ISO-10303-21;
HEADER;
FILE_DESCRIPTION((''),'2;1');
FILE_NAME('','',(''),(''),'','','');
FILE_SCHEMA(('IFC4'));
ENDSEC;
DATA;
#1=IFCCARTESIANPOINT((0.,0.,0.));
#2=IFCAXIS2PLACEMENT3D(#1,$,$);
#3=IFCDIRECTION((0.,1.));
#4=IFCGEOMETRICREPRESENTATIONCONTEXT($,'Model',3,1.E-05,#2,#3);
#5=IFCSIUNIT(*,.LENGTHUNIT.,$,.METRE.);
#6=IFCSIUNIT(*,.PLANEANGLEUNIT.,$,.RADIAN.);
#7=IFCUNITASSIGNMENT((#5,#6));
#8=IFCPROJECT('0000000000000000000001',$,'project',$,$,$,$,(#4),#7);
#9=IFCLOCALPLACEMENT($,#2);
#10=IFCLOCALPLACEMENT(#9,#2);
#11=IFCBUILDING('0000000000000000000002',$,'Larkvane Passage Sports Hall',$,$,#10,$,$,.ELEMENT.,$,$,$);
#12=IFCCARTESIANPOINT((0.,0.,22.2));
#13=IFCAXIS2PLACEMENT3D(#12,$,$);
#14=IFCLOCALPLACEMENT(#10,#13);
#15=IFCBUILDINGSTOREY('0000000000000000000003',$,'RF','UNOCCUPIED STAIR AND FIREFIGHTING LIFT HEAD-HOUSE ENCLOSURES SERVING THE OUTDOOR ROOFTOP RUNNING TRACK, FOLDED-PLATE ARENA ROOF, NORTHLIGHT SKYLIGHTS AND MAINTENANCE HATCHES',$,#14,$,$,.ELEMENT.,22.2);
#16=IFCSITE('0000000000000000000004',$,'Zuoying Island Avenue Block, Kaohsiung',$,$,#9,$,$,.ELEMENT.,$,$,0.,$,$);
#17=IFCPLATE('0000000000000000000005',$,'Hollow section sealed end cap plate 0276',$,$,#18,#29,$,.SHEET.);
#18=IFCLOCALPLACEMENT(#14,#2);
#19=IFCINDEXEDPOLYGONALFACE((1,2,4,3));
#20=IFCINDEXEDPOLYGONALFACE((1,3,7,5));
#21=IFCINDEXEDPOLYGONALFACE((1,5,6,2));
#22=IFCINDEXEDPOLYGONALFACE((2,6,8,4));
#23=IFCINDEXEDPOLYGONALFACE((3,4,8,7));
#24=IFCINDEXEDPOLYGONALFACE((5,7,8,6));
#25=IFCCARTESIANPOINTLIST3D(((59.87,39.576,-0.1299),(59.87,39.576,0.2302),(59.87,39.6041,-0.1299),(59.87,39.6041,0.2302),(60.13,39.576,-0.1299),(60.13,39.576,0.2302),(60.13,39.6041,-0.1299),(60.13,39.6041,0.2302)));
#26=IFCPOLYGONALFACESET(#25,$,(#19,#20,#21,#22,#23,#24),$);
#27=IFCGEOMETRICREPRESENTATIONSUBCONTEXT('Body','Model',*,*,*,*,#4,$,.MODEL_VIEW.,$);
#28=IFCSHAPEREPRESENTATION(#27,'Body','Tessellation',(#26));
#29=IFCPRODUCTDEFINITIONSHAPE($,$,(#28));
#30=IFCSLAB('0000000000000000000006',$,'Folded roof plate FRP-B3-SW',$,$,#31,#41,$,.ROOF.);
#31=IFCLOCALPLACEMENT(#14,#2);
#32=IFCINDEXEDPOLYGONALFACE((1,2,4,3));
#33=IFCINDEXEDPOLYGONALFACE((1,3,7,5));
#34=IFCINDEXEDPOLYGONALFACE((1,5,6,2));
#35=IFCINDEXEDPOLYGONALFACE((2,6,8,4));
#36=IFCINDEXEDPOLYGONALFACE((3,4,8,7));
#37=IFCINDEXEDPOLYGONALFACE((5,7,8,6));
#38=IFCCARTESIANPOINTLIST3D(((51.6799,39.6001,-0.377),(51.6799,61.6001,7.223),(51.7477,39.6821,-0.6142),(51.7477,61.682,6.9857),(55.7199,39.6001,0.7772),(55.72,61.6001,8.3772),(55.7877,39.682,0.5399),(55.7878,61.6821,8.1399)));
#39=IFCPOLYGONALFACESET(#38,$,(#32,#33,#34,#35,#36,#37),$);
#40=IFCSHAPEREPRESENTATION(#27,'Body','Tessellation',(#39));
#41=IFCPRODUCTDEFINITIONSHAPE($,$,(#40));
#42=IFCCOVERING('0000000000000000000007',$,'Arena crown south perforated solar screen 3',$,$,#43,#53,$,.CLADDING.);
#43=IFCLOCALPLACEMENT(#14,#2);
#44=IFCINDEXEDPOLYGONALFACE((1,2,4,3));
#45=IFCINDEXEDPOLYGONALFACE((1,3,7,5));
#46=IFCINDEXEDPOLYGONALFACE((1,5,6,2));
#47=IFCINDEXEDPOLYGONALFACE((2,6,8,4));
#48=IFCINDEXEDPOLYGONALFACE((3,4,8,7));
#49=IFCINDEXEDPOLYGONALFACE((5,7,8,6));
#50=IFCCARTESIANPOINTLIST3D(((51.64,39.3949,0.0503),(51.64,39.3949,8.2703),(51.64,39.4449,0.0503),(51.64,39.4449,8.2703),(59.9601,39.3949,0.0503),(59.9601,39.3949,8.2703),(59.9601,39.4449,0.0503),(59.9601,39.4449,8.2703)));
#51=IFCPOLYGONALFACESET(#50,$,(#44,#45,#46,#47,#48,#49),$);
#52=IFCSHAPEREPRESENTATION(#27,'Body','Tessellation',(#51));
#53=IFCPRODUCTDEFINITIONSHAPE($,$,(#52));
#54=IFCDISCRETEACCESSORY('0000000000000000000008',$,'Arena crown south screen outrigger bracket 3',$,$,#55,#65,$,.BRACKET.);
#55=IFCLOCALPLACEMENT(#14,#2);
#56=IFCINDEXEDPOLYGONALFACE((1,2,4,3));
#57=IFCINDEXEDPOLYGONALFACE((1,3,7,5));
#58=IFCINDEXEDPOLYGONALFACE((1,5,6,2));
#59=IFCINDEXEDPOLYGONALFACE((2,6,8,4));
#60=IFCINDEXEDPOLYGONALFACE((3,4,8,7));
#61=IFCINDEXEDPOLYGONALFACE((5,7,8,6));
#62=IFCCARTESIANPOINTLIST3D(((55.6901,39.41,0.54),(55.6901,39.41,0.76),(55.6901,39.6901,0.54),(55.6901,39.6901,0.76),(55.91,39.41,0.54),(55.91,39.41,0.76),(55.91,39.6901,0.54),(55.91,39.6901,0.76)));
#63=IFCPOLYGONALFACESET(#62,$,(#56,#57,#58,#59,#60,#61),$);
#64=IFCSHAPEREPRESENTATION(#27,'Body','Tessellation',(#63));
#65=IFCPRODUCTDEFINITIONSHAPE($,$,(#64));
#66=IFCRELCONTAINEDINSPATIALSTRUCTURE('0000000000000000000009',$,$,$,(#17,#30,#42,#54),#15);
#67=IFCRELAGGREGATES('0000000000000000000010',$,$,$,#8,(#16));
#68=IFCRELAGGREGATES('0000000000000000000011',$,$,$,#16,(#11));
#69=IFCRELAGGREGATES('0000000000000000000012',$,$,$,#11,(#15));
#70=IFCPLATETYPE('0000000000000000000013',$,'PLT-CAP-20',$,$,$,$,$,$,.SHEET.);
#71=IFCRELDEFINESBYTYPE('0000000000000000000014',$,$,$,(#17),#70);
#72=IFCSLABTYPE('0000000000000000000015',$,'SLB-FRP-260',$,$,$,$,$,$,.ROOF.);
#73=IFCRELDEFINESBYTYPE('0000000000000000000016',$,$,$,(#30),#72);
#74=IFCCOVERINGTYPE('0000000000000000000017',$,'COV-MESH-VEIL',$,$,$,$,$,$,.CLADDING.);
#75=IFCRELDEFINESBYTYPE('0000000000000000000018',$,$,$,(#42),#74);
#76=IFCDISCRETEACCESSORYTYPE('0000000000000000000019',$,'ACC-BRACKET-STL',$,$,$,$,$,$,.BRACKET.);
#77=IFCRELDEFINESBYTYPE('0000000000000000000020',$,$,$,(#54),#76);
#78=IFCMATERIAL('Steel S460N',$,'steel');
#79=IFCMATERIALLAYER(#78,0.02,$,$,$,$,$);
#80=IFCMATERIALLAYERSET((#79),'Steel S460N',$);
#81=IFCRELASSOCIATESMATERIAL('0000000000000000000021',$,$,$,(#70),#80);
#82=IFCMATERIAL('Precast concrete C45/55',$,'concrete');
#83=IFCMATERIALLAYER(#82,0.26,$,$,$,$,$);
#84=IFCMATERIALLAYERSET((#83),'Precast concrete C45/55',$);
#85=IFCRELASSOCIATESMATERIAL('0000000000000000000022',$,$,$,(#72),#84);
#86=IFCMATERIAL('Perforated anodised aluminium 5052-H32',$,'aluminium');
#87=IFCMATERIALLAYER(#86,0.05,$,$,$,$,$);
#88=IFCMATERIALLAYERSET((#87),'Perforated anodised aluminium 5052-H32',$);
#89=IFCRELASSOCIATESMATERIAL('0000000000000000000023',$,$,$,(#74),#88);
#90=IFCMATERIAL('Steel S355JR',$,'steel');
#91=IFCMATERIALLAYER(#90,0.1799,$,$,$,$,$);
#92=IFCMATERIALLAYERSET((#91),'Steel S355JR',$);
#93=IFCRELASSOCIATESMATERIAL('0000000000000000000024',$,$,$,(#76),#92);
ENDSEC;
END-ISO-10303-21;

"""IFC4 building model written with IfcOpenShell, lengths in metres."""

from ifc_helpers import new_model, si_unit, direction, frame, origin, origin_2d, place, context, subcontext, project, spatial, polyline, rectangle, outline, extrude, material, layer, layer_set, type_object, element, save


model = new_model("IFC4")

# Units and contexts
model_context = context("Model", 3, precision=1e-05, world=origin(), true_north=direction((0.0, 1.0)))
body_context = subcontext(model_context, "Body", "Model", "MODEL_VIEW")
ifc_project = project(units=[si_unit("LENGTHUNIT", "METRE"), si_unit("PLANEANGLEUNIT", "RADIAN")], contexts=[model_context])

# Site, building, storey
site_placement = place(None, origin())
site = spatial("IfcSite", under=ifc_project, at=site_placement, Name="Zuoying Island Avenue Block, Kaohsiung", CompositionType="ELEMENT", RefElevation=0.0)
building_placement = place(site_placement, origin())
building = spatial("IfcBuilding", under=site, at=building_placement, Name="Larkvane Passage Sports Hall", CompositionType="ELEMENT")
storey_placement = place(building_placement, frame((0.0, 0.0, 22.2)))
storey = spatial("IfcBuildingStorey", under=building, at=storey_placement, Name="RF", Description="UNOCCUPIED STAIR AND FIREFIGHTING LIFT HEAD-HOUSE ENCLOSURES SERVING THE OUTDOOR ROOFTOP RUNNING TRACK, FOLDED-PLATE ARENA ROOF, NORTHLIGHT SKYLIGHTS AND MAINTENANCE HATCHES", CompositionType="ELEMENT", Elevation=22.2)

# Shared definitions
ifc_material_1 = material(Name="Steel S355JR", Category="steel")
ifc_material_2 = material(Name="Steel S460N", Category="steel")

# Plate
ifc_layer_1 = layer(ifc_material_2, 0.02)
ifc_layer_set_1 = layer_set([ifc_layer_1], Name="Steel S460N")
plate_type_1 = type_object("IfcPlateType", Name="PLT-CAP-20", PredefinedType="SHEET", material=ifc_layer_set_1)
plate_1_placement = place(storey_placement, frame((60.0, 39.5901, -0.1299), z_axis=(0.0, 0.0, 1.0), x_axis=(-1.0, 0.0, 0.0)))
element("IfcPlate", 1, at=plate_1_placement, inside=storey, type_object=plate_type_1, Name="Hollow section sealed end cap plate 0276", PredefinedType="SHEET", context=body_context, shape_type="SweptSolid", body=[
    extrude(rectangle(XDim=0.26, YDim=0.0281, at=origin_2d()), origin(), (0.0, 0.0, 1.0), 0.3601),
])

# Slab
ifc_material_3 = material(Name="Precast concrete C45/55", Category="concrete")
ifc_layer_2 = layer(ifc_material_3, 0.26)
ifc_layer_set_2 = layer_set([ifc_layer_2], Name="Precast concrete C45/55")
slab_type = type_object("IfcSlabType", Name="SLB-FRP-260", PredefinedType="ROOF", material=ifc_layer_set_2)
slab_placement = place(storey_placement, frame((51.6799, 39.6001, -0.377), z_axis=(-0.260689, -0.315229, 0.912508), x_axis=(0.961532, -0.000008, 0.274692)))
element("IfcSlab", 2, at=slab_placement, inside=storey, type_object=slab_type, Name="Folded roof plate FRP-B3-SW", PredefinedType="ROOF", context=body_context, shape_type="SweptSolid", body=[
    extrude(outline(polyline([(0.0, 0.0), (4.2016, 0.0), (6.2891, 23.182), (2.0874, 23.1819), (0.0, 0.0)])), origin(), (0.0, 0.0, -1.0), 0.26),
])

# Covering
ifc_material_4 = material(Name="Perforated anodised aluminium 5052-H32", Category="aluminium")
ifc_layer_3 = layer(ifc_material_4, 0.05)
ifc_layer_set_3 = layer_set([ifc_layer_3], Name="Perforated anodised aluminium 5052-H32")
covering_type = type_object("IfcCoveringType", Name="COV-MESH-VEIL", PredefinedType="CLADDING", material=ifc_layer_set_3)
covering_placement = place(storey_placement, frame((55.8, 39.4199, 0.0503), z_axis=(0.0, 0.0, 1.0), x_axis=(1.0, 0.0, 0.0)))
element("IfcCovering", 3, at=covering_placement, inside=storey, type_object=covering_type, Name="Arena crown south perforated solar screen 3", PredefinedType="CLADDING", context=body_context, shape_type="SweptSolid", body=[
    extrude(rectangle(XDim=8.3201, YDim=0.05, at=origin_2d()), origin(), (0.0, 0.0, 1.0), 8.22),
])

# Discrete accessory
ifc_layer_4 = layer(ifc_material_1, 0.1799)
ifc_layer_set_4 = layer_set([ifc_layer_4], Name="Steel S355JR")
discrete_accessory_type = type_object("IfcDiscreteAccessoryType", Name="ACC-BRACKET-STL", PredefinedType="BRACKET", material=ifc_layer_set_4)
discrete_accessory_placement = place(storey_placement, frame((55.8, 39.55, 0.54), z_axis=(0.0, 0.0, 1.0), x_axis=(1.0, 0.0, 0.0)))
element("IfcDiscreteAccessory", 4, at=discrete_accessory_placement, inside=storey, type_object=discrete_accessory_type, Name="Arena crown south screen outrigger bracket 3", PredefinedType="BRACKET", context=body_context, shape_type="SweptSolid", body=[
    extrude(rectangle(XDim=0.22, YDim=0.28, at=origin_2d()), origin(), (0.0, 0.0, 1.0), 0.22),
])

save(model, "model.ifc")
